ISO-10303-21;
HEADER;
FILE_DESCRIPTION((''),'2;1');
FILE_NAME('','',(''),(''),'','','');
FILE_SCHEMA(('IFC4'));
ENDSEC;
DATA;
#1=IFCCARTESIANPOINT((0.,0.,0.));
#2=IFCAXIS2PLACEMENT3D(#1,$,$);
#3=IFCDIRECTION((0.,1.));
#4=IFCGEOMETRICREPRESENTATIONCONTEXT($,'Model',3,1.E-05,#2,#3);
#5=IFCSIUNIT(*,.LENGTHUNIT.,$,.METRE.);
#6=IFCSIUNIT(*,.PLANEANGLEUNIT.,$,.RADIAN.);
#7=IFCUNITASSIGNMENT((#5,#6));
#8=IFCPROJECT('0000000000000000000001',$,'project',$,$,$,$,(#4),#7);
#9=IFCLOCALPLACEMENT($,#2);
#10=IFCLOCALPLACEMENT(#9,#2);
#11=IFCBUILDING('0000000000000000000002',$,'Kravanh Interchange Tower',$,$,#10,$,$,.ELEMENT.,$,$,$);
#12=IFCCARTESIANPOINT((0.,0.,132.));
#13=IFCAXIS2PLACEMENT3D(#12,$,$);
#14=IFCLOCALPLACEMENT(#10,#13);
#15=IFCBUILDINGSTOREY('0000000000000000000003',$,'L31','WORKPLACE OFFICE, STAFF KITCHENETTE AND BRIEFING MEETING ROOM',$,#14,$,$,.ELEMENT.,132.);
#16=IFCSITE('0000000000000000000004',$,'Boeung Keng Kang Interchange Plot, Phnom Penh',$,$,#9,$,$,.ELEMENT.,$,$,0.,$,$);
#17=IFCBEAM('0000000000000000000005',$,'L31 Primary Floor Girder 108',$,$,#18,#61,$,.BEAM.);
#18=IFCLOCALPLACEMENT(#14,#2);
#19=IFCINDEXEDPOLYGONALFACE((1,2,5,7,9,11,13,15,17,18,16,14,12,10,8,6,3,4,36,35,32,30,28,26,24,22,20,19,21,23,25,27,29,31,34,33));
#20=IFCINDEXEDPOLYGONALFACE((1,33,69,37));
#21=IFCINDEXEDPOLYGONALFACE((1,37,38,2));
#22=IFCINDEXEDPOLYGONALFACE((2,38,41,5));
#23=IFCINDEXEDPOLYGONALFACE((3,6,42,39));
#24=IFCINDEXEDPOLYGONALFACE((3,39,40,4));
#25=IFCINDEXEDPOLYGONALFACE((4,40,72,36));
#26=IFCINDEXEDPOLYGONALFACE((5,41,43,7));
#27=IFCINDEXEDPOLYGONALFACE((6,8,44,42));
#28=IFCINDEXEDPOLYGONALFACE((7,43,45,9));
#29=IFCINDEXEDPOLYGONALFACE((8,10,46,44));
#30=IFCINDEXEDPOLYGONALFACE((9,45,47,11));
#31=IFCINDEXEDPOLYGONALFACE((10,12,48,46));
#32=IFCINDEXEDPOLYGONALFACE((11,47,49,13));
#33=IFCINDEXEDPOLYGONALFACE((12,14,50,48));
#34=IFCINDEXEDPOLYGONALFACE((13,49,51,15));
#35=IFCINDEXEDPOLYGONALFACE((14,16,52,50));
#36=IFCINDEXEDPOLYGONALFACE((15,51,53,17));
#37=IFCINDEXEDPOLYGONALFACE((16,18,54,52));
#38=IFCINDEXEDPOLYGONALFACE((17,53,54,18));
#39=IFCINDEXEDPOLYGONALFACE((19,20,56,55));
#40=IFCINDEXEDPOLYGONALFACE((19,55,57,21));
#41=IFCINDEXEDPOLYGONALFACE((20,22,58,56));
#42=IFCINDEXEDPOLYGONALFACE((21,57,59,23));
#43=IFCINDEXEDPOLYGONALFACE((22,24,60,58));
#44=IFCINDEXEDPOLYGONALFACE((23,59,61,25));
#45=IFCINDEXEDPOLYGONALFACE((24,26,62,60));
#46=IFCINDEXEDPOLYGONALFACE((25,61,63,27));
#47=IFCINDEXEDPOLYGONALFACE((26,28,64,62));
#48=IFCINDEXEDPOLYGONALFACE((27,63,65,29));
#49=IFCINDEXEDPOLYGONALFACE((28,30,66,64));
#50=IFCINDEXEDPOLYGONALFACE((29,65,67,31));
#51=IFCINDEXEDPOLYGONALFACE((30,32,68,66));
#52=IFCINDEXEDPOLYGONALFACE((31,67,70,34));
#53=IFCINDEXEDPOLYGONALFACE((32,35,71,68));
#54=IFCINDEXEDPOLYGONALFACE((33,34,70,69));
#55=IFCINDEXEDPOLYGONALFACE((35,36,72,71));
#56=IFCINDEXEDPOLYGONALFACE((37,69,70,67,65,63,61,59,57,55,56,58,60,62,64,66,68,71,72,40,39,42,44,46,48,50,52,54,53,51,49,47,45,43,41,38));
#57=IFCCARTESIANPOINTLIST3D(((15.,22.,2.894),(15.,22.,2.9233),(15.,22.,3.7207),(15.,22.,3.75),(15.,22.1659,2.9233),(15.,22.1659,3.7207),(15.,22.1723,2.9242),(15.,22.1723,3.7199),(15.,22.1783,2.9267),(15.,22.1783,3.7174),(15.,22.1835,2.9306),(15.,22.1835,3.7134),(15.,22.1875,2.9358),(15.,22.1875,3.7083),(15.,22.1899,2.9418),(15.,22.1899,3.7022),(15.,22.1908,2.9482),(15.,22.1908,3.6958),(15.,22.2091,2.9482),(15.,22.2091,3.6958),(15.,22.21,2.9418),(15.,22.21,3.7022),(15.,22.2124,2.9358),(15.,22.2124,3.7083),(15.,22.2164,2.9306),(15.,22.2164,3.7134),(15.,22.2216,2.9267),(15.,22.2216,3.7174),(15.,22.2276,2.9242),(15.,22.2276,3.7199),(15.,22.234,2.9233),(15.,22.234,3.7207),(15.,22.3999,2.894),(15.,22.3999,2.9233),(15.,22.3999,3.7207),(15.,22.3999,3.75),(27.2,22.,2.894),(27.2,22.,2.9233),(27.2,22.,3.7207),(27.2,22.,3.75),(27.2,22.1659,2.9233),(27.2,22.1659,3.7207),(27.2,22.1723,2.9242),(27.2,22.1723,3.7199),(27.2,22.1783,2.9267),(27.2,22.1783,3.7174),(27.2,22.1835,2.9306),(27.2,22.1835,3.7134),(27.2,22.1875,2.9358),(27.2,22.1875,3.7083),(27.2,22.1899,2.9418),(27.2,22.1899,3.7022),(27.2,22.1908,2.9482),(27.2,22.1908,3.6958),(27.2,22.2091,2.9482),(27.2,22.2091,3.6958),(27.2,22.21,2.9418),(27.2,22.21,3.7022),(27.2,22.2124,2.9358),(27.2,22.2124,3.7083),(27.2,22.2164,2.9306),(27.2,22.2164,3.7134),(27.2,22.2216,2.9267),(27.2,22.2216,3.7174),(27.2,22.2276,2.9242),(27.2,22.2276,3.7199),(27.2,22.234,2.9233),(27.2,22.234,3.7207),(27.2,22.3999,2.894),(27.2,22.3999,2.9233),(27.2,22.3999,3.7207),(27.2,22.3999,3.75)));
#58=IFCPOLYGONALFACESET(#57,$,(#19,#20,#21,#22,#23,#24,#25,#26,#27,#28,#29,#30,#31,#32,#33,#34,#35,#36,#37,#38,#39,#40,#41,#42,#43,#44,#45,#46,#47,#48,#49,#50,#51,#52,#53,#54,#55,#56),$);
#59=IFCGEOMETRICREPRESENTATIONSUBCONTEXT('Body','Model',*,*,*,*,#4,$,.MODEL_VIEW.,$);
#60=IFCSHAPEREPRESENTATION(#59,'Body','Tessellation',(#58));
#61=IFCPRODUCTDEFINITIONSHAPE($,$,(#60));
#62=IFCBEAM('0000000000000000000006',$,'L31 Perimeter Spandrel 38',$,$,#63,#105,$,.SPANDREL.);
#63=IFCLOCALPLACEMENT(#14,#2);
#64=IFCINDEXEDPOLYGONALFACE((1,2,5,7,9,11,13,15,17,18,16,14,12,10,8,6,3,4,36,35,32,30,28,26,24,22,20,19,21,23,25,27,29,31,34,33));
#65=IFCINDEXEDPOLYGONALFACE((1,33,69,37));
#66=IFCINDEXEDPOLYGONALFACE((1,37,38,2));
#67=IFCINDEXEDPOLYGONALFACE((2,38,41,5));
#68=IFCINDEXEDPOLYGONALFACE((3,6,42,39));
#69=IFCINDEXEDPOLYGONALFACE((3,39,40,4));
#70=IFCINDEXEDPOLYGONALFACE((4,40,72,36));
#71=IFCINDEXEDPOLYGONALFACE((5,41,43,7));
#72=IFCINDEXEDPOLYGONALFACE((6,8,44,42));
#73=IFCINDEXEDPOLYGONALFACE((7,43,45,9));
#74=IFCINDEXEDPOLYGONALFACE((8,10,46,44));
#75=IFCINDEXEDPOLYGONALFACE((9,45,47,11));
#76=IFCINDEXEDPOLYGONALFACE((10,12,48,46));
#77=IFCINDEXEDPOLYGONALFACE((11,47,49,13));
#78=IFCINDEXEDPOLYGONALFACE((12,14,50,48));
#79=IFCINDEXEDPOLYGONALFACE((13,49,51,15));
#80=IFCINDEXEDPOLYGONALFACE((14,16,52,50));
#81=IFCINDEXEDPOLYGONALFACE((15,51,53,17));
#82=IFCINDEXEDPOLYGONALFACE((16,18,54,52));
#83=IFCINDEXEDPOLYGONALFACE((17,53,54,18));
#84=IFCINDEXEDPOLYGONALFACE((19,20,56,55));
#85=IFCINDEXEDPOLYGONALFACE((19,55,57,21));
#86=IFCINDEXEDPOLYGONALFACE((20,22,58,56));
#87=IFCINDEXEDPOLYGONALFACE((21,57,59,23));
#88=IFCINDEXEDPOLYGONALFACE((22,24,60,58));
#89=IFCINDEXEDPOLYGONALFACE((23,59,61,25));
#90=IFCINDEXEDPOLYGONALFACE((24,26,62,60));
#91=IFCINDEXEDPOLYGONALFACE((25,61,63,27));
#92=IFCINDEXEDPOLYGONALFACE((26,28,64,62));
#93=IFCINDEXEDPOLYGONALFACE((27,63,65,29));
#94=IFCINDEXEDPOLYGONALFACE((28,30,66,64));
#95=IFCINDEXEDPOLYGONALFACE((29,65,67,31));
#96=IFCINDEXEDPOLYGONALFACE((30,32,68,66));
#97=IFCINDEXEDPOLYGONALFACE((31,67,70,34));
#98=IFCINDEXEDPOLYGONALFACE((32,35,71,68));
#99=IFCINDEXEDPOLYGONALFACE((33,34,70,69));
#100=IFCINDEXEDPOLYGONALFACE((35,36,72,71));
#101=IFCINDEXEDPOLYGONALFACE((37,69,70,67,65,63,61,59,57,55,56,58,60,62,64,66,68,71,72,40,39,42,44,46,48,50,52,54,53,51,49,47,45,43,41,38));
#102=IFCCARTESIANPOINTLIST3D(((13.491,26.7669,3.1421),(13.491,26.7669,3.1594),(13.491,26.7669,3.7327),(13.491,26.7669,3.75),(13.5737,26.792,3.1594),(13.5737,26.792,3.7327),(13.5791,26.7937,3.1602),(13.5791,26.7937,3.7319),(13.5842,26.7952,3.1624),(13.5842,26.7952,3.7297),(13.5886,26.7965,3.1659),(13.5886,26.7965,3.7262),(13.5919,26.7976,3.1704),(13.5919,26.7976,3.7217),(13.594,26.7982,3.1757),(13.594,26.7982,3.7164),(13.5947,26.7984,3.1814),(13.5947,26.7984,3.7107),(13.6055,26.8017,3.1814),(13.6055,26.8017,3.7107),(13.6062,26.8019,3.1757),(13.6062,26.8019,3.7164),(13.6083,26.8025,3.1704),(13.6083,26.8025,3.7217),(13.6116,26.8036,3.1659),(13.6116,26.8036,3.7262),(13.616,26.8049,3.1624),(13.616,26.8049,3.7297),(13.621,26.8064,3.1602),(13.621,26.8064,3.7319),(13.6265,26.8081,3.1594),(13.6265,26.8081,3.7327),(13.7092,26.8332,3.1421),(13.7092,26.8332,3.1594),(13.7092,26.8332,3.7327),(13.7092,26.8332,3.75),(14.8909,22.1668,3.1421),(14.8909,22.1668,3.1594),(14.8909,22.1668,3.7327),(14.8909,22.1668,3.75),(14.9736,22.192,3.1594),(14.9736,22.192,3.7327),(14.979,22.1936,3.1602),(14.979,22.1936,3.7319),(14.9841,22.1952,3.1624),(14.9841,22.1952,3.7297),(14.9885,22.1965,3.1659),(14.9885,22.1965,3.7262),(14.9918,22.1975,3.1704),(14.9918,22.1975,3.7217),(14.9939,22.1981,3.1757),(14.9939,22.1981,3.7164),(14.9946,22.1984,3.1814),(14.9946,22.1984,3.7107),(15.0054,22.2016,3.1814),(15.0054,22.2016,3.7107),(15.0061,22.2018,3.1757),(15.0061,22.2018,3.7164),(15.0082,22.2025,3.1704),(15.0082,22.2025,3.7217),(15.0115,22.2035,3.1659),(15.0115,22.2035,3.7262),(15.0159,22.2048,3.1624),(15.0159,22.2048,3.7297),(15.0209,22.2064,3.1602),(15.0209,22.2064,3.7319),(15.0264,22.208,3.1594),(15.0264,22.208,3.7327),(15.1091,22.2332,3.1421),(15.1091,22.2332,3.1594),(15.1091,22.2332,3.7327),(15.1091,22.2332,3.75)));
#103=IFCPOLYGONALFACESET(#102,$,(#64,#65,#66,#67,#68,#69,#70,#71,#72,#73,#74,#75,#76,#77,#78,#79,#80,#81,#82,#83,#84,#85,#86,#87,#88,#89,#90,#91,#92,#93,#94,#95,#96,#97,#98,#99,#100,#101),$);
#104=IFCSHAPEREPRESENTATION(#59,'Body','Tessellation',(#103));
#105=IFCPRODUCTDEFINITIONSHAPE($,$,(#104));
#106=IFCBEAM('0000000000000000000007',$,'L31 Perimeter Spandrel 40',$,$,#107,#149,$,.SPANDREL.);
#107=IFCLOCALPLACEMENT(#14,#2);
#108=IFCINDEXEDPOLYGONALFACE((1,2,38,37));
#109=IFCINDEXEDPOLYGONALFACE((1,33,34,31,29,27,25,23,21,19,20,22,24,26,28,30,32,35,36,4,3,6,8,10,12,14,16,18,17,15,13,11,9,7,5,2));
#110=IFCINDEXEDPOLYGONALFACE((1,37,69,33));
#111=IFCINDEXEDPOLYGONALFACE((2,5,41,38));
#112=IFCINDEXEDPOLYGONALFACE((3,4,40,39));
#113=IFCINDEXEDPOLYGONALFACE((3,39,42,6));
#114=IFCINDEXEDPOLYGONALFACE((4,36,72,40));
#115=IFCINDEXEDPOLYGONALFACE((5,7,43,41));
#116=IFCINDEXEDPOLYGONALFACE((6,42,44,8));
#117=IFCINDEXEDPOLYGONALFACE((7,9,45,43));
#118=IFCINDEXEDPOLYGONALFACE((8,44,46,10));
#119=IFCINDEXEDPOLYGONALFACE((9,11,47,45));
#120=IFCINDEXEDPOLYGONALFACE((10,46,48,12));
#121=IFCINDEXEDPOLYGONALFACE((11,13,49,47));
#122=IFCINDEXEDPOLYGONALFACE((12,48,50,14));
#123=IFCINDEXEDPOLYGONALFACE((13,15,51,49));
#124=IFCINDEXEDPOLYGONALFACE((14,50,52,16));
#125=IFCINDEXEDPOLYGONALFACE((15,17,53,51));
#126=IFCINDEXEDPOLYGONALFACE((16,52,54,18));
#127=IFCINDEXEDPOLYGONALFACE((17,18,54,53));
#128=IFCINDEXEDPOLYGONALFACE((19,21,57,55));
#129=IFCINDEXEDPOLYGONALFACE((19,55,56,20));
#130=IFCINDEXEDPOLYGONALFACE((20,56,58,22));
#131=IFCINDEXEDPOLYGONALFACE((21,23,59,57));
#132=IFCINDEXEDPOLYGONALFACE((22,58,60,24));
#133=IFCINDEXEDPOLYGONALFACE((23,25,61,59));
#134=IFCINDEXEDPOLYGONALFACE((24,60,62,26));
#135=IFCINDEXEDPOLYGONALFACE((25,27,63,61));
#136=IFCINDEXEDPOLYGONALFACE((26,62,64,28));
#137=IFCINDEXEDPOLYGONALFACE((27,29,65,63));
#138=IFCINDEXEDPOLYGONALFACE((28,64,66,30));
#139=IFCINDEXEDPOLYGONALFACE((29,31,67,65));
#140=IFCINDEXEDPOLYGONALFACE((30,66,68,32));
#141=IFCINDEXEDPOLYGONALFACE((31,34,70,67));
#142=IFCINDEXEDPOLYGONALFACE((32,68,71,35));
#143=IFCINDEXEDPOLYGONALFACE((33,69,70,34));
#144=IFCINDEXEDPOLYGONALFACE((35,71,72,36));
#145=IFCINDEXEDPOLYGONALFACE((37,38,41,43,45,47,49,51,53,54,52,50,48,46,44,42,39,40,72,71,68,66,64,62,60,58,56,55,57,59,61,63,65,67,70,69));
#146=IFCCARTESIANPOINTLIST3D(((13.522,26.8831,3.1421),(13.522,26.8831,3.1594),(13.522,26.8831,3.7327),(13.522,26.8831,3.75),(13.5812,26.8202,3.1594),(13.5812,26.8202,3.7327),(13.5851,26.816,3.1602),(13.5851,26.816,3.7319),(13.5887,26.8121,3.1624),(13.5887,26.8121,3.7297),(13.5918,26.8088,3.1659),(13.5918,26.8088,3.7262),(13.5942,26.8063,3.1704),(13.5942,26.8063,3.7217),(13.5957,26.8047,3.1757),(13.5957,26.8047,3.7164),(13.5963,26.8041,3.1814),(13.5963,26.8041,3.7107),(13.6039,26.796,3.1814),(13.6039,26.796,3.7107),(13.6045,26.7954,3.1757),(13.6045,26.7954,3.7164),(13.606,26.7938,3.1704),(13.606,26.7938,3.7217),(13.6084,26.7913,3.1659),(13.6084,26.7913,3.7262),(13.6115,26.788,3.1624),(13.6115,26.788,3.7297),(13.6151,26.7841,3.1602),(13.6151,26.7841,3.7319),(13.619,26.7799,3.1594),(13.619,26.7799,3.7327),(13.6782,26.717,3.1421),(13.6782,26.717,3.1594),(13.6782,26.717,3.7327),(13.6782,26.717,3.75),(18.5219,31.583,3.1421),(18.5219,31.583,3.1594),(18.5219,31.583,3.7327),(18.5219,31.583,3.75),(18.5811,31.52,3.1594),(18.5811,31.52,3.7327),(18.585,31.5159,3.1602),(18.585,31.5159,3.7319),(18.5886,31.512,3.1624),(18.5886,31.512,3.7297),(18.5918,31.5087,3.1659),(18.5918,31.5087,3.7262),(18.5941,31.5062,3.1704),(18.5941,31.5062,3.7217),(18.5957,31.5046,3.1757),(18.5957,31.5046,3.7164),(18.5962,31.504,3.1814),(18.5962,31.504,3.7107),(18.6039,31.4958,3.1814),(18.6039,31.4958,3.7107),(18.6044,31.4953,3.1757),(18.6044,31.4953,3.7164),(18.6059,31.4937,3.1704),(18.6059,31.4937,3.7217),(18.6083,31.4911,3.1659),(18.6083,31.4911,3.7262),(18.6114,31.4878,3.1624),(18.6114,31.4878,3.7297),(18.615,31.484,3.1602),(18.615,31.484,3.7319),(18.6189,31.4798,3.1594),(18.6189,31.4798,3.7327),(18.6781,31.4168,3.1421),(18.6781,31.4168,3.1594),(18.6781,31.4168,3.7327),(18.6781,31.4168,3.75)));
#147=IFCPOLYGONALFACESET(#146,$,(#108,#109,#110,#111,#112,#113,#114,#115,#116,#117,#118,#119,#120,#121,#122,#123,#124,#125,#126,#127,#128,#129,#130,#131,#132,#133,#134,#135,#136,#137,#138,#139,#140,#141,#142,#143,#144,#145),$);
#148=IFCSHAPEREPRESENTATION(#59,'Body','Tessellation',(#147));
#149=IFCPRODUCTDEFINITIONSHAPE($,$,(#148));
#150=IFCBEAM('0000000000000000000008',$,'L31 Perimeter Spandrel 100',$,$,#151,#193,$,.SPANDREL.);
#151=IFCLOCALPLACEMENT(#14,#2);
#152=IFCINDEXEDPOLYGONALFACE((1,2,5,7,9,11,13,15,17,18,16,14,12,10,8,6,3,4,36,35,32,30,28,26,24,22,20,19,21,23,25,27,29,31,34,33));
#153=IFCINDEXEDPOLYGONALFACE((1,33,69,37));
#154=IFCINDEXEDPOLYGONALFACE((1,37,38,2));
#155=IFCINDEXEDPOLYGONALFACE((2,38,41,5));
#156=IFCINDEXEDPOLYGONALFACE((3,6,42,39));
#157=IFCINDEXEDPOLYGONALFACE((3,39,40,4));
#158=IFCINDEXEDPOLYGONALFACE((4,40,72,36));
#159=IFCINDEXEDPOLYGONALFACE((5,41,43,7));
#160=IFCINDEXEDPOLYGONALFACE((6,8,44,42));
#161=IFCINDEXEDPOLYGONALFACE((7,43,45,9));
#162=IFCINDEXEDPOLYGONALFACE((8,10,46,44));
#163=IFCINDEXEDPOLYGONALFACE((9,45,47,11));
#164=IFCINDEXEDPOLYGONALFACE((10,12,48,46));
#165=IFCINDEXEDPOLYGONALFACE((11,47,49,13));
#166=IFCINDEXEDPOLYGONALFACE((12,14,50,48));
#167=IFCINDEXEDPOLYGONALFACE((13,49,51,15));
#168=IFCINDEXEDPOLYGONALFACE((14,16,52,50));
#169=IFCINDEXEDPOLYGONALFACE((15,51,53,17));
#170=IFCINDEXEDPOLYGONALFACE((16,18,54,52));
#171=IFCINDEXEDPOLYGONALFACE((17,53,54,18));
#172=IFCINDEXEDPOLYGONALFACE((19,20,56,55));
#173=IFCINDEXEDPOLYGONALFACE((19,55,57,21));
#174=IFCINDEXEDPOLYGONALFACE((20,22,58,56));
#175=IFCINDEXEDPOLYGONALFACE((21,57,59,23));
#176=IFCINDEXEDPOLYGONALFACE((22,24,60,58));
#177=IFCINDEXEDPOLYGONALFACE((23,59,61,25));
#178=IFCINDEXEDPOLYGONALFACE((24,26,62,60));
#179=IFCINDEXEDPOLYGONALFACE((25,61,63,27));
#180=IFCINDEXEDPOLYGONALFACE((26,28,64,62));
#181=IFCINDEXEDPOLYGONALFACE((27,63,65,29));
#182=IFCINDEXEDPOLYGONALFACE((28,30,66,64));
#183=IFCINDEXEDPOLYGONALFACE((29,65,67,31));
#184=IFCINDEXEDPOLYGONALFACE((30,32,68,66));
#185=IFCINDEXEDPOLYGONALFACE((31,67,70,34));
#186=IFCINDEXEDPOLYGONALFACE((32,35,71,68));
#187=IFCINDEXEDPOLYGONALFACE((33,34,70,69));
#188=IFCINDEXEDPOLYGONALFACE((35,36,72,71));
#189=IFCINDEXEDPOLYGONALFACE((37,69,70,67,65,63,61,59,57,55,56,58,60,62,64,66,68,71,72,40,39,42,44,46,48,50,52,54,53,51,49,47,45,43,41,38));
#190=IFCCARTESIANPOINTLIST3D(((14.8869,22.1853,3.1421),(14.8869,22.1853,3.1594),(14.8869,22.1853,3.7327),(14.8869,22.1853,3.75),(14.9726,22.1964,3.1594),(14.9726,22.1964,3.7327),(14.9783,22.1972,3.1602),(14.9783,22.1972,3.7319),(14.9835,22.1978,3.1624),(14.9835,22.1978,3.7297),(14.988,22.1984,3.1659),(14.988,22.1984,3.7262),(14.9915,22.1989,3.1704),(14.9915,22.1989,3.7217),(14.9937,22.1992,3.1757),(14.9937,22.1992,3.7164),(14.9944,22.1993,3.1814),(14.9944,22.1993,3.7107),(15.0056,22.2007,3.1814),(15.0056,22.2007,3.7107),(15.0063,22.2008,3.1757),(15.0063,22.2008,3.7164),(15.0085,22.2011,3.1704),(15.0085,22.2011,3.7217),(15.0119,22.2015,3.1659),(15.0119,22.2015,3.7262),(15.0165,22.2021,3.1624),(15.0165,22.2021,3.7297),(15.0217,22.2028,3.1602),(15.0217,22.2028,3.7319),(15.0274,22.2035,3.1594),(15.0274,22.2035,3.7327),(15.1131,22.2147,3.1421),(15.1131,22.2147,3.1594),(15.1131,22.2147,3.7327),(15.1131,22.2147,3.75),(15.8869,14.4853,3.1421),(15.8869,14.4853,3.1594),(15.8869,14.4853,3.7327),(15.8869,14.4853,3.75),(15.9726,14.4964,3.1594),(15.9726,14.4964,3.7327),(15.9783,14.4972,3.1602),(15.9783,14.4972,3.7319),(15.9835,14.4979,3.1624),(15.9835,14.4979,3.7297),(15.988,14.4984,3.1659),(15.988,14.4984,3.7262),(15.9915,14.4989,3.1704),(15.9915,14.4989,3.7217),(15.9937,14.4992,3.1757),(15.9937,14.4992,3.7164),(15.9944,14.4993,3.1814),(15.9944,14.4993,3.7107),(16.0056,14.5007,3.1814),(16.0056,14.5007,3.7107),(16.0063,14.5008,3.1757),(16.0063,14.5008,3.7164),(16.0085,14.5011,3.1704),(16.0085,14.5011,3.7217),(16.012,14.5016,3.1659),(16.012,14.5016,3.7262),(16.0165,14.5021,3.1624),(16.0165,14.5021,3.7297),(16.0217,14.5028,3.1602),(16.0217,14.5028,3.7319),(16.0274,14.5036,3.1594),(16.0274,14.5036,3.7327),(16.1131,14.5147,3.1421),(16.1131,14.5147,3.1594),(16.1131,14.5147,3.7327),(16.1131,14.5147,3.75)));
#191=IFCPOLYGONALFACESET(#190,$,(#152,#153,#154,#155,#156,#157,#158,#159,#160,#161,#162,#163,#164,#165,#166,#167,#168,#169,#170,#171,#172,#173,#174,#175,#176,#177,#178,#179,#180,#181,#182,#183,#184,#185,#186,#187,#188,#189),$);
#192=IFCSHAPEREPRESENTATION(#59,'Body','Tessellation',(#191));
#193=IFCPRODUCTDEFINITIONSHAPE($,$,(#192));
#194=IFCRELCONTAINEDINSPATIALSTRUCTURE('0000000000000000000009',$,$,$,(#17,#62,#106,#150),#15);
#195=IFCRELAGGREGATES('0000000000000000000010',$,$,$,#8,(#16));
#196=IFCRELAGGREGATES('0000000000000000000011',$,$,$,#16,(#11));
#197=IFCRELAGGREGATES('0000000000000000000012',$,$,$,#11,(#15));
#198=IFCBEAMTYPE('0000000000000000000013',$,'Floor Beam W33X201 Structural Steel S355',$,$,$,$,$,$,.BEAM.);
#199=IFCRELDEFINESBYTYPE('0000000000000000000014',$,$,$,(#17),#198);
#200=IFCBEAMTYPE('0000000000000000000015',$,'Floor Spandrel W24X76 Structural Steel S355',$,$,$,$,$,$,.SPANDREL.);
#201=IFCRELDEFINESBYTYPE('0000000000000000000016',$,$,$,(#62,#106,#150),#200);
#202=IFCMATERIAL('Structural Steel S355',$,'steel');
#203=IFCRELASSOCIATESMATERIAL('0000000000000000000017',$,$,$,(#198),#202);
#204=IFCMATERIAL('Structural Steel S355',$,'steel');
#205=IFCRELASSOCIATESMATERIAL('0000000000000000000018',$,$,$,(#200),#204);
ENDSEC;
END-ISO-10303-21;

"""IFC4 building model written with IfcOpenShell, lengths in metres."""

from ifc_helpers import new_model, si_unit, direction, frame, origin, origin_2d, place, context, subcontext, project, spatial, i_section, extrude, material, material_profile, profile_set, type_object, element, save


model = new_model("IFC4")

# Units and contexts
model_context = context("Model", 3, precision=1e-05, world=origin(), true_north=direction((0.0, 1.0)))
body_context = subcontext(model_context, "Body", "Model", "MODEL_VIEW")
ifc_project = project(units=[si_unit("LENGTHUNIT", "METRE"), si_unit("PLANEANGLEUNIT", "RADIAN")], contexts=[model_context])

# Site, building, storey
site_placement = place(None, origin())
site = spatial("IfcSite", under=ifc_project, at=site_placement, Name="Boeung Keng Kang Interchange Plot, Phnom Penh", CompositionType="ELEMENT", RefElevation=0.0)
building_placement = place(site_placement, origin())
building = spatial("IfcBuilding", under=site, at=building_placement, Name="Kravanh Interchange Tower", CompositionType="ELEMENT")
storey_placement = place(building_placement, frame((0.0, 0.0, 132.0)))
storey = spatial("IfcBuildingStorey", under=building, at=storey_placement, Name="L31", Description="WORKPLACE OFFICE, STAFF KITCHENETTE AND BRIEFING MEETING ROOM", CompositionType="ELEMENT", Elevation=132.0)

# Beams
ifc_material_1 = material(Name="Structural Steel S355", Category="steel")
ifc_material_profile_1 = material_profile(ifc_material_1, i_section(OverallWidth=0.3999, OverallDepth=0.856, WebThickness=0.0183, FlangeThickness=0.0293, FilletRadius=0.0249, at=origin_2d()), Name="W33X201")
ifc_profile_set_1 = profile_set([ifc_material_profile_1], Name="Structural Steel S355")
beam_type_1 = type_object("IfcBeamType", Name="Floor Beam W33X201 Structural Steel S355", PredefinedType="BEAM", material=ifc_profile_set_1)
beam_1_placement = place(storey_placement, frame((15.0, 22.2, 3.322), z_axis=(1.0, 0.0, 0.0), x_axis=(0.0, 1.0, 0.0)))
element("IfcBeam", 1, at=beam_1_placement, inside=storey, type_object=beam_type_1, Name="L31 Primary Floor Girder 108", PredefinedType="BEAM", context=body_context, shape_type="SweptSolid", body=[
    extrude(i_section(OverallWidth=0.3999, OverallDepth=0.856, WebThickness=0.0183, FlangeThickness=0.0293, FilletRadius=0.0249, at=origin_2d()), origin(), (0.0, 0.0, 1.0), 12.2),
])
ifc_material_2 = material(Name="Structural Steel S355", Category="steel")
ifc_material_profile_2 = material_profile(ifc_material_2, i_section(OverallWidth=0.228, OverallDepth=0.6079, WebThickness=0.0112, FlangeThickness=0.0173, FilletRadius=0.022, at=origin_2d()), Name="W24X76")
ifc_profile_set_2 = profile_set([ifc_material_profile_2], Name="Structural Steel S355")
beam_type_2 = type_object("IfcBeamType", Name="Floor Spandrel W24X76 Structural Steel S355", PredefinedType="SPANDREL", material=ifc_profile_set_2)
beam_2_placement = place(storey_placement, frame((13.6001, 26.8, 3.446), z_axis=(0.291137, -0.956681, 0.0), x_axis=(0.956681, 0.291137, 0.0)))
element("IfcBeam", 2, at=beam_2_placement, inside=storey, type_object=beam_type_2, Name="L31 Perimeter Spandrel 38", PredefinedType="SPANDREL", context=body_context, shape_type="SweptSolid", body=[
    extrude(i_section(OverallWidth=0.228, OverallDepth=0.6079, WebThickness=0.0112, FlangeThickness=0.0173, FilletRadius=0.022, at=origin_2d()), origin(), (0.0, 0.0, 1.0), 4.8083),
])
beam_3_placement = place(storey_placement, frame((13.6001, 26.8, 3.446), z_axis=(0.728631, 0.684906, 0.0), x_axis=(-0.684906, 0.728631, 0.0)))
element("IfcBeam", 3, at=beam_3_placement, inside=storey, type_object=beam_type_2, Name="L31 Perimeter Spandrel 40", PredefinedType="SPANDREL", context=body_context, shape_type="SweptSolid", body=[
    extrude(i_section(OverallWidth=0.228, OverallDepth=0.6079, WebThickness=0.0112, FlangeThickness=0.0173, FilletRadius=0.022, at=origin_2d()), origin(), (0.0, 0.0, 1.0), 6.8621),
])
beam_4_placement = place(storey_placement, frame((16.0, 14.5, 3.446), z_axis=(-0.128789, 0.991672, 0.0), x_axis=(-0.991672, -0.128789, 0.0)))
element("IfcBeam", 4, at=beam_4_placement, inside=storey, type_object=beam_type_2, Name="L31 Perimeter Spandrel 100", PredefinedType="SPANDREL", context=body_context, shape_type="SweptSolid", body=[
    extrude(i_section(OverallWidth=0.228, OverallDepth=0.6079, WebThickness=0.0112, FlangeThickness=0.0173, FilletRadius=0.022, at=origin_2d()), origin(), (0.0, 0.0, 1.0), 7.7646),
])

save(model, "model.ifc")
